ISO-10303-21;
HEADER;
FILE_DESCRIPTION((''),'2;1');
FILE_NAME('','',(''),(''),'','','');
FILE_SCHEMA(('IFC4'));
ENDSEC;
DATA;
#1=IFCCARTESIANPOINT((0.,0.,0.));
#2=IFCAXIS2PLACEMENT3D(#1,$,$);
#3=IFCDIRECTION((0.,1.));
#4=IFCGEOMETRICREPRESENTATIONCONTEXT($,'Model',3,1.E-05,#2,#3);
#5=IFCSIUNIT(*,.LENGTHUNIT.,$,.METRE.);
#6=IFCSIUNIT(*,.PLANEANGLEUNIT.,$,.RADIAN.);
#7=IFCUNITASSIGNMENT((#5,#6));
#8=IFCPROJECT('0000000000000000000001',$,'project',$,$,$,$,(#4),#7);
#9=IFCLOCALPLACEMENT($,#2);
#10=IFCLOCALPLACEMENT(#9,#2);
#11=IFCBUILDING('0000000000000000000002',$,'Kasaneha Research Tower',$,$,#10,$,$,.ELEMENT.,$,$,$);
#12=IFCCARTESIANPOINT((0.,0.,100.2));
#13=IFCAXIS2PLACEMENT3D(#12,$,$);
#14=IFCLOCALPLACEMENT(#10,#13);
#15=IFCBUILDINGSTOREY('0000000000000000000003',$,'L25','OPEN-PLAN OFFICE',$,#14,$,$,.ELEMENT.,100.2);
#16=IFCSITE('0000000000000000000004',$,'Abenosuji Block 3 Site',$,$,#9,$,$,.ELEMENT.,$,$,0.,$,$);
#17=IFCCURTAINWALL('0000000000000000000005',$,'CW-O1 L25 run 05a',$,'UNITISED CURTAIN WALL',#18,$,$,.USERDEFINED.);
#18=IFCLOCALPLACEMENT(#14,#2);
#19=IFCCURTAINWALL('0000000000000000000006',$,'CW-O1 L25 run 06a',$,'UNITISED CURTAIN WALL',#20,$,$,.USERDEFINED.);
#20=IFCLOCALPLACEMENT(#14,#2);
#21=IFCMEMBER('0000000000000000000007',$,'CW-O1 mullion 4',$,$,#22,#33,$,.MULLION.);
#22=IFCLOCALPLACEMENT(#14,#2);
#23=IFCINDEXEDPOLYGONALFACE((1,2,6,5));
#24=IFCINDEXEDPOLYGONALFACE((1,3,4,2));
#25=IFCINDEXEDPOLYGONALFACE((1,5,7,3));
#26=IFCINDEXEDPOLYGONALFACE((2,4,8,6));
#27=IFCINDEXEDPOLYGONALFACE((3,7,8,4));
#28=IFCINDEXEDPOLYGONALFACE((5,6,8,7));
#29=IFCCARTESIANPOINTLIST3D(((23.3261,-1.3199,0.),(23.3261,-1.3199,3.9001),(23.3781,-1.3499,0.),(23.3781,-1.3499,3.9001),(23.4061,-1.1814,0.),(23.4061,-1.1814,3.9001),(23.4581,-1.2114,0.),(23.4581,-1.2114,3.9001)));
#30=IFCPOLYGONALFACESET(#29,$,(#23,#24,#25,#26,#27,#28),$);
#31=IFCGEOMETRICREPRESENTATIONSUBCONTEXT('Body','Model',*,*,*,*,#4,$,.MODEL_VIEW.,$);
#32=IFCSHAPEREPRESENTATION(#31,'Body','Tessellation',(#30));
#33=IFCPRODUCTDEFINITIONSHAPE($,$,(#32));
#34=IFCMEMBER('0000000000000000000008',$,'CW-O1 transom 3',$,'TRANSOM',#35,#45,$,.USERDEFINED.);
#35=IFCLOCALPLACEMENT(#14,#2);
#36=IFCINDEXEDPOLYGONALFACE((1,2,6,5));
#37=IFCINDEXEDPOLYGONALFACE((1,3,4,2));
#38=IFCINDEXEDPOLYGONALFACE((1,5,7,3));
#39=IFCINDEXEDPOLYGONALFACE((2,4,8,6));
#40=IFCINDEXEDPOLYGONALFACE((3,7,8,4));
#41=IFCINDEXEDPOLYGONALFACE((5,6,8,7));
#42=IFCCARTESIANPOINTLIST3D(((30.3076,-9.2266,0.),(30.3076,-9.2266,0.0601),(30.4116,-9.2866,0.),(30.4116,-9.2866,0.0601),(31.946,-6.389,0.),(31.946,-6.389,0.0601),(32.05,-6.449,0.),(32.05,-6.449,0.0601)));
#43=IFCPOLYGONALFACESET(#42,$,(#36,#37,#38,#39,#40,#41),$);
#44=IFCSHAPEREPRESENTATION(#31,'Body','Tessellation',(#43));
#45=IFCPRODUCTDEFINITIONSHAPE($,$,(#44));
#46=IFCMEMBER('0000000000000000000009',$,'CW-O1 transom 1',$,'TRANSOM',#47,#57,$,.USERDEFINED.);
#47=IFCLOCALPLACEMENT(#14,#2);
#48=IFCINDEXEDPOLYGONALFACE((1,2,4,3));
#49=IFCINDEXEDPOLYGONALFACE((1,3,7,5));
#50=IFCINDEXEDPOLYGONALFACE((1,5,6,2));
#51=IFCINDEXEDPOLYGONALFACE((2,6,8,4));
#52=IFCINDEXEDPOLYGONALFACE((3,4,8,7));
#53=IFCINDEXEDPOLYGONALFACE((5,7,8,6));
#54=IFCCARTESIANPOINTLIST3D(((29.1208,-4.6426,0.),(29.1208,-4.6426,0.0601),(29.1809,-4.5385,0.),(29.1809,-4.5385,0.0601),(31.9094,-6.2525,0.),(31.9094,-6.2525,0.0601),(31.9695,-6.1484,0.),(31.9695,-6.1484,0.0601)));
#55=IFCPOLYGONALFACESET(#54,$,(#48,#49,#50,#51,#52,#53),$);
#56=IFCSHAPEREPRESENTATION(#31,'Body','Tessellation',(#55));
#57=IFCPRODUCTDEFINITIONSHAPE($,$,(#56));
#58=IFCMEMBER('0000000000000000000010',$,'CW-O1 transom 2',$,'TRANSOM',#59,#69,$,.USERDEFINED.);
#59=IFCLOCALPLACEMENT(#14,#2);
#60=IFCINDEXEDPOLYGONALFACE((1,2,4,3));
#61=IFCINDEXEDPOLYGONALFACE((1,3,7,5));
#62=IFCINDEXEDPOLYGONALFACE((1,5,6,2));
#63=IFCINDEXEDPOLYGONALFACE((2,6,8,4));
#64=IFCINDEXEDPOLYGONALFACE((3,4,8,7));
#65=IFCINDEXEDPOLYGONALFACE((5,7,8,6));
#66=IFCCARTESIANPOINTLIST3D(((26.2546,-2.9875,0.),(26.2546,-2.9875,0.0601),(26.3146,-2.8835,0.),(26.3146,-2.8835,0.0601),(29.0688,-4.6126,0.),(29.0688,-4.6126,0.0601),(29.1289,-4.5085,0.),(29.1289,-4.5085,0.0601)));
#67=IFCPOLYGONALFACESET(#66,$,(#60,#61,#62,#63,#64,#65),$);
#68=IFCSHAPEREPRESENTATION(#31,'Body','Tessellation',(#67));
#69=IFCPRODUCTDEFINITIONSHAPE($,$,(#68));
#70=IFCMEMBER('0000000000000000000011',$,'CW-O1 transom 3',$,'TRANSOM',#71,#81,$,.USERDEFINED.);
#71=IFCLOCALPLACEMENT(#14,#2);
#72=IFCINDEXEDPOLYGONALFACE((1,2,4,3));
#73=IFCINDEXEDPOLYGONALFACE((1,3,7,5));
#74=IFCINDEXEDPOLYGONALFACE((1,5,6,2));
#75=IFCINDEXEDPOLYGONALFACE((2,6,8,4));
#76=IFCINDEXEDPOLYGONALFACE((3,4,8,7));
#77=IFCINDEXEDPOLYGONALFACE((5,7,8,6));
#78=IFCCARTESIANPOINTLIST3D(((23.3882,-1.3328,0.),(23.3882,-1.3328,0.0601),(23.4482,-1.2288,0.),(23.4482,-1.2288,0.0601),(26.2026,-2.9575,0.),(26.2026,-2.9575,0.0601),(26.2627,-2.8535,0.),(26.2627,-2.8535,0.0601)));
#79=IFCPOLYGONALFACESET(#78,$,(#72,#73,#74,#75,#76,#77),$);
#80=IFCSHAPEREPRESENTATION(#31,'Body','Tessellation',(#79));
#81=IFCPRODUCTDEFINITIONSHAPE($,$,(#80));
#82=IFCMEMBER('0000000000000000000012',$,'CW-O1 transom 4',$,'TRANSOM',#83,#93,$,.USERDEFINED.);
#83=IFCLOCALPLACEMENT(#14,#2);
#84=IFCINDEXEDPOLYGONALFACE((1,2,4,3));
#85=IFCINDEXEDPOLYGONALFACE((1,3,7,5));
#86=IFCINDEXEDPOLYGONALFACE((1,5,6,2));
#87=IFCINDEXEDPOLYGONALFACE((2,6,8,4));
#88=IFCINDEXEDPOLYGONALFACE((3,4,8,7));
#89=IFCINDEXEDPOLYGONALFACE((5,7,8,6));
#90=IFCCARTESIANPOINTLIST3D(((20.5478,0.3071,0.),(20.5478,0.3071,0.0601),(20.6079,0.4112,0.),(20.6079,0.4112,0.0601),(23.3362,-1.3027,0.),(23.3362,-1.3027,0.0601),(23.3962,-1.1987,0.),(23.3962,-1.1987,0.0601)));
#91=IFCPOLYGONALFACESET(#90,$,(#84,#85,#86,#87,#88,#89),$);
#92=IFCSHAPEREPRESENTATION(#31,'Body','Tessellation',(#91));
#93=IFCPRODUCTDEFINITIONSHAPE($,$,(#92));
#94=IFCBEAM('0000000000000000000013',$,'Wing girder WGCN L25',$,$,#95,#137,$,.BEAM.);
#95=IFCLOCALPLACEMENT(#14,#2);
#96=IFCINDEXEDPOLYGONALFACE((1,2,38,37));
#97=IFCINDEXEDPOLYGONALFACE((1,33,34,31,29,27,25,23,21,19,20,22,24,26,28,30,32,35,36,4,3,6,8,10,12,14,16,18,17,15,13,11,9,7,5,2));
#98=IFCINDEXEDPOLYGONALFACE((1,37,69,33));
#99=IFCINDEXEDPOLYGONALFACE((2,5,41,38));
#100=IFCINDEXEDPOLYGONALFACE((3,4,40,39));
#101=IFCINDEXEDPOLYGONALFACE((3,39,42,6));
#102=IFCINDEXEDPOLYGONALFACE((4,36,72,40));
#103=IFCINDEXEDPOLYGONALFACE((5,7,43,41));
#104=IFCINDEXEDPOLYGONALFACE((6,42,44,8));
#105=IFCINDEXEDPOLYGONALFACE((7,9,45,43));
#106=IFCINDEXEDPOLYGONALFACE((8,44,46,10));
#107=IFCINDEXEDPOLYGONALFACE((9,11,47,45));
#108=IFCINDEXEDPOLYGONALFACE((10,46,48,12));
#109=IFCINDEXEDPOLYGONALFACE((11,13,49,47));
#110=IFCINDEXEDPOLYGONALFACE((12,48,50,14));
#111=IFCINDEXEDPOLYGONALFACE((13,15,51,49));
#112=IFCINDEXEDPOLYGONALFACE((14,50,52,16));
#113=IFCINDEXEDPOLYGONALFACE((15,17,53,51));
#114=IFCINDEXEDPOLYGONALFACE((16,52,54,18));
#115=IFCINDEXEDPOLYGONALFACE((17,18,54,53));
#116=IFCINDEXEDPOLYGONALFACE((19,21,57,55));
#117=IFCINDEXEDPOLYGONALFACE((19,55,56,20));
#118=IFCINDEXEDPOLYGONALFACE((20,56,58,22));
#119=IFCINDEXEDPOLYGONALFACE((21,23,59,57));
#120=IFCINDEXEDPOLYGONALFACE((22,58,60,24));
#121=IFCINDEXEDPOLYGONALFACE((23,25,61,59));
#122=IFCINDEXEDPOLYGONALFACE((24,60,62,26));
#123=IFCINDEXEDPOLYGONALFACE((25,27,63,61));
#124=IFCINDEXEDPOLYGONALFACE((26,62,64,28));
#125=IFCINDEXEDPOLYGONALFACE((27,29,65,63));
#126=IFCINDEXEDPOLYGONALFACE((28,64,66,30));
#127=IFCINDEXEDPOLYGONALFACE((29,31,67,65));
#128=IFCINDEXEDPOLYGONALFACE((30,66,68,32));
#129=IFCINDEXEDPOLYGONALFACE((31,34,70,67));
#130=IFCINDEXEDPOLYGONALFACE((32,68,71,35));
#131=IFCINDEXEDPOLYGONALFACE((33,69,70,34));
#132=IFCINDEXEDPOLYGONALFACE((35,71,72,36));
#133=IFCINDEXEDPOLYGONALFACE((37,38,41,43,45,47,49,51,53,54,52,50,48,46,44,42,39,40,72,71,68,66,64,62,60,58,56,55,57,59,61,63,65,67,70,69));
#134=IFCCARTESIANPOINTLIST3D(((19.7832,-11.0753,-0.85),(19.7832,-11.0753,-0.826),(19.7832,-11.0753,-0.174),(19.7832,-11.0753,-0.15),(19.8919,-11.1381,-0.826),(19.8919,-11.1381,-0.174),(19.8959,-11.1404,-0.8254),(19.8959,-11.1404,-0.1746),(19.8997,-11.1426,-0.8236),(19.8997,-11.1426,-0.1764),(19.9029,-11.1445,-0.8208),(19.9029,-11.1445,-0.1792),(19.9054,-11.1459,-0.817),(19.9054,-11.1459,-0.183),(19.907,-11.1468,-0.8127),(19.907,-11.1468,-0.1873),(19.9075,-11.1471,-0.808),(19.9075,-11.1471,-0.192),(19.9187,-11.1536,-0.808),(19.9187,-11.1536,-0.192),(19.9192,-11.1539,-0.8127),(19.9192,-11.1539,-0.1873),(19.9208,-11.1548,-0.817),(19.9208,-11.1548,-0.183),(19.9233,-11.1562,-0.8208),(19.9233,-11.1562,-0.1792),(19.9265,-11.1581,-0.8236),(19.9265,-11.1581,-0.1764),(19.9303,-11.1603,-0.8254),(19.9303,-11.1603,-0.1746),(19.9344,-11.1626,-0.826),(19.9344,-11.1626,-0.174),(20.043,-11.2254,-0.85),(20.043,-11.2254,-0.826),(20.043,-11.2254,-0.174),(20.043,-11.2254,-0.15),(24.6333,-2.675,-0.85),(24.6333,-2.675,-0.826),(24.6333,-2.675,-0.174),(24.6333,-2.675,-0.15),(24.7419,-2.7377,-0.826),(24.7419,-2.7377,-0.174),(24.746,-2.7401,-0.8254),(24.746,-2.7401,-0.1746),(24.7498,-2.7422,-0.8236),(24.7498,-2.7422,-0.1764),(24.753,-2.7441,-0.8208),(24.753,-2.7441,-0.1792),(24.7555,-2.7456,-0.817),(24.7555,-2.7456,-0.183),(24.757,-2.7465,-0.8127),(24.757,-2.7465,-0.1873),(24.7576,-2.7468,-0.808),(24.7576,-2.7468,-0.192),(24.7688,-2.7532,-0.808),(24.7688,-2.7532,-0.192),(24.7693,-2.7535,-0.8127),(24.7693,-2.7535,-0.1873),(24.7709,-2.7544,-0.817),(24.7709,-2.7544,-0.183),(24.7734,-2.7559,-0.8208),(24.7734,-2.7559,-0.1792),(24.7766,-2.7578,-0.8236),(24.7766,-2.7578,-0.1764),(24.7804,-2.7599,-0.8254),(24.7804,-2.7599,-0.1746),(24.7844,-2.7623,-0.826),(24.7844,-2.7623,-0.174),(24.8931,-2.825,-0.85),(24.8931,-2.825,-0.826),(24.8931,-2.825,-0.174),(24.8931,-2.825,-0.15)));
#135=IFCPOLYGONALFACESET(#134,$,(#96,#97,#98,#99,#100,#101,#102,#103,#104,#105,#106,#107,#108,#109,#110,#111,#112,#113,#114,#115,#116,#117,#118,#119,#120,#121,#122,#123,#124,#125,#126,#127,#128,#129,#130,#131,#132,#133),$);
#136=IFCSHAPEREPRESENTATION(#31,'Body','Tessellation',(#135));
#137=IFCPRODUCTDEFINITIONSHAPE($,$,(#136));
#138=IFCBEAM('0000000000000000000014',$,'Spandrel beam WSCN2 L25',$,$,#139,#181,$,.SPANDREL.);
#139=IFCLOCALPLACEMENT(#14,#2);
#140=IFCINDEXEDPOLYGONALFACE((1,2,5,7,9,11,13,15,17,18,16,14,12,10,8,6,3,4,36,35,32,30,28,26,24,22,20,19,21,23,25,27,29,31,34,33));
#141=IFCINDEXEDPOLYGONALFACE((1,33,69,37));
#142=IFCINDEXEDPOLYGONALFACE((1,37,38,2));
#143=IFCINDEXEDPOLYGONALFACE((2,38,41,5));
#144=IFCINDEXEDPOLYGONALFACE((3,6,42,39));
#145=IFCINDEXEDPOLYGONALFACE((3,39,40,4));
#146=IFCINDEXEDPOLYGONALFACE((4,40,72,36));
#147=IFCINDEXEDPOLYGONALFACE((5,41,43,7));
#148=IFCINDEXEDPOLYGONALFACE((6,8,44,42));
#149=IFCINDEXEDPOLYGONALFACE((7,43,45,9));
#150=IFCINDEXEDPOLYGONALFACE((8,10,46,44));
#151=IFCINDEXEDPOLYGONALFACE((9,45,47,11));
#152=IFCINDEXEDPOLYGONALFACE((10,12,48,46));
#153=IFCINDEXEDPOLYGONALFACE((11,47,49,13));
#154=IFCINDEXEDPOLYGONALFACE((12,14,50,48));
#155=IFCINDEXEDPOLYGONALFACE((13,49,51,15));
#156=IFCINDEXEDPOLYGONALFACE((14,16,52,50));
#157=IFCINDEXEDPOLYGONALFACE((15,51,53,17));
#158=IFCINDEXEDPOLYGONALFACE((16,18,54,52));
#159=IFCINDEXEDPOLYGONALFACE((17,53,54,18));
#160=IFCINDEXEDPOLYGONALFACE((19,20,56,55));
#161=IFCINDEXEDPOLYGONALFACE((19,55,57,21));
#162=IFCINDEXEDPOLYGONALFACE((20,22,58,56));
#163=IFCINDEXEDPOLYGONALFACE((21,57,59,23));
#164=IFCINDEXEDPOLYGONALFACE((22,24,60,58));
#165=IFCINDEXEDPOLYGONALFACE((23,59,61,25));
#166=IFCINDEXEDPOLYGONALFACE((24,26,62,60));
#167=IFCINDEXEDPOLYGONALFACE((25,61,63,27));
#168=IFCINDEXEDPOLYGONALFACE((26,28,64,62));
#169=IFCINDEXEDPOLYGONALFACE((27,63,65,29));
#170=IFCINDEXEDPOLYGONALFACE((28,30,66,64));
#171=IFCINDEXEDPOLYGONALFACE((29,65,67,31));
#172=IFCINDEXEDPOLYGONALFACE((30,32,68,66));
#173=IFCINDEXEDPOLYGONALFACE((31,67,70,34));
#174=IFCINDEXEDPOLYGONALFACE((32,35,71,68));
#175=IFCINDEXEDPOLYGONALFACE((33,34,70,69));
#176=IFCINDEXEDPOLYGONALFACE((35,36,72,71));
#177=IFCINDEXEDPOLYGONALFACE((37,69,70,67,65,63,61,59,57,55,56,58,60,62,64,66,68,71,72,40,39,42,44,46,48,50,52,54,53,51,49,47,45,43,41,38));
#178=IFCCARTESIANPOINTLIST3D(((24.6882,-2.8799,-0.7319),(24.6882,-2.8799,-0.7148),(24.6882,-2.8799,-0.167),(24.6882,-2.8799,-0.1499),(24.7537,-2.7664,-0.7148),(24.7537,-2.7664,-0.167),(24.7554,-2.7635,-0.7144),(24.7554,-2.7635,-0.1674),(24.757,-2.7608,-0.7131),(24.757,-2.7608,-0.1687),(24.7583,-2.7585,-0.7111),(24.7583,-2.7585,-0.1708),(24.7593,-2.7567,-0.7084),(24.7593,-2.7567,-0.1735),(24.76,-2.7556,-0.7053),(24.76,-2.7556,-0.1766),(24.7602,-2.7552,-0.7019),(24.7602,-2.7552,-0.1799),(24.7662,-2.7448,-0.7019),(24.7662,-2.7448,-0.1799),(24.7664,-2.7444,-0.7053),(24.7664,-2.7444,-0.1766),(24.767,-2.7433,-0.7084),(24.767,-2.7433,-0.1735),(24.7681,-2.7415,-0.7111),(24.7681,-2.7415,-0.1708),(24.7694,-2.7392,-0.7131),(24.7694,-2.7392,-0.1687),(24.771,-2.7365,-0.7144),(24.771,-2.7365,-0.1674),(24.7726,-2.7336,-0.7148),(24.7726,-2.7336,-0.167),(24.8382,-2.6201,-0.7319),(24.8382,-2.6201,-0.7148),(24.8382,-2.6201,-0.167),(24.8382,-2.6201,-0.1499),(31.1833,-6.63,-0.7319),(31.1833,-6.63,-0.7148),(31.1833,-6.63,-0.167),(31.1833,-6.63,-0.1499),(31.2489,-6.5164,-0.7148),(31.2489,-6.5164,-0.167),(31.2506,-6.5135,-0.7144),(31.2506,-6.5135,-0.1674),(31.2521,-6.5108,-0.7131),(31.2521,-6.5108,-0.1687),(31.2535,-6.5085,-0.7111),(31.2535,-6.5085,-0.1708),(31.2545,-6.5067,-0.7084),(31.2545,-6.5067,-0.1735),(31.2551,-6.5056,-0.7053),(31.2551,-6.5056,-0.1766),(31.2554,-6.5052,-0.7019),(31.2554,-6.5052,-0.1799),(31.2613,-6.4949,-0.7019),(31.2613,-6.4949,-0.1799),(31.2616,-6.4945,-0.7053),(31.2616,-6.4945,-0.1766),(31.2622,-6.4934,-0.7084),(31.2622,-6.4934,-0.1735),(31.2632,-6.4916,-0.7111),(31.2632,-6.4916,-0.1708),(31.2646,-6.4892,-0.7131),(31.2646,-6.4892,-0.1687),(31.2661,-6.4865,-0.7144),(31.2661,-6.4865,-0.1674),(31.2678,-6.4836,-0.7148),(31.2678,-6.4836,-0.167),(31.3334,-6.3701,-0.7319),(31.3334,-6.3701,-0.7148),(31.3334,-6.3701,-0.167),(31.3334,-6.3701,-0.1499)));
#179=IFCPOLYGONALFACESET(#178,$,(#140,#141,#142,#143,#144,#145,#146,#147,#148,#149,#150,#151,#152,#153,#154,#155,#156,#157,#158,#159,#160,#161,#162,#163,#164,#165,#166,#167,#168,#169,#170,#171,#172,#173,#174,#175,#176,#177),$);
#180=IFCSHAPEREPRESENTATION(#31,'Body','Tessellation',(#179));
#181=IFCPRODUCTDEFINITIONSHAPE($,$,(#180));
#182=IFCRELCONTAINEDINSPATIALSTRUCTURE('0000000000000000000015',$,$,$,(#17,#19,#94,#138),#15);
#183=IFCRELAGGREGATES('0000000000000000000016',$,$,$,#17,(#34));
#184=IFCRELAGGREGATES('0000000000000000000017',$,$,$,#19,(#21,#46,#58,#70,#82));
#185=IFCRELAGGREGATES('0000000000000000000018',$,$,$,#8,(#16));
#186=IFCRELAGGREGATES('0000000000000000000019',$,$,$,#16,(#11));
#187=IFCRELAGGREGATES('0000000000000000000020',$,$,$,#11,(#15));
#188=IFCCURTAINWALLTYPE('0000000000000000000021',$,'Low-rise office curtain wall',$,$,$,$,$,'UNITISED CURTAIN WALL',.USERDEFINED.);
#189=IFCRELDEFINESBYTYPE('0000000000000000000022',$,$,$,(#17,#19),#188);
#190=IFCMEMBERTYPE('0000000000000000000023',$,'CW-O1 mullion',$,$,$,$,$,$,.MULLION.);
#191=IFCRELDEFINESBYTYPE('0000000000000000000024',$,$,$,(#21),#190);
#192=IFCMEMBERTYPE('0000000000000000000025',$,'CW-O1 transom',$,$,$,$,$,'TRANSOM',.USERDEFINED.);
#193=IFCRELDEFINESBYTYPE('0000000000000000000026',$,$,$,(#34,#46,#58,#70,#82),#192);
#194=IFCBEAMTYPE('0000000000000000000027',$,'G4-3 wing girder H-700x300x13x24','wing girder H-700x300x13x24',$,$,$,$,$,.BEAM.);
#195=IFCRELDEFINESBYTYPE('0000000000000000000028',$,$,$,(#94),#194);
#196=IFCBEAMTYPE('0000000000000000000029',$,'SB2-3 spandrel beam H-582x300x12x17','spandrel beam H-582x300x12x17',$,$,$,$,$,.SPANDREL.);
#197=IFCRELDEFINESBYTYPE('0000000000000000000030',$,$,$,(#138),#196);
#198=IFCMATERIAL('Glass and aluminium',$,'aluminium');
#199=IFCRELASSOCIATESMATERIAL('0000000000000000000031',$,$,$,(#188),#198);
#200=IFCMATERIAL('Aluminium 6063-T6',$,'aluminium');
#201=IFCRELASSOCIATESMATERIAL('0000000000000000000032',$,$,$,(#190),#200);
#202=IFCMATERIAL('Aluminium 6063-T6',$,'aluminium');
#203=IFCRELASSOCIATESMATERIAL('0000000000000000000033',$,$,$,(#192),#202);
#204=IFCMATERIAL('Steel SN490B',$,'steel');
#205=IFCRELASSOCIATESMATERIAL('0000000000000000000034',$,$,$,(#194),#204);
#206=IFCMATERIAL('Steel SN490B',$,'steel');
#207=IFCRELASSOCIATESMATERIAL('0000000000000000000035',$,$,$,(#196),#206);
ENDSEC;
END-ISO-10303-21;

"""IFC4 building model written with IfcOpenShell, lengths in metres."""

from ifc_helpers import new_model, si_unit, direction, frame, origin, origin_2d, place, context, subcontext, project, spatial, rectangle, i_section, extrude, material, material_profile, profile_set, type_object, element, aggregate, save


model = new_model("IFC4")

# Units and contexts
model_context = context("Model", 3, precision=1e-05, world=origin(), true_north=direction((0.0, 1.0)))
body_context = subcontext(model_context, "Body", "Model", "MODEL_VIEW")
ifc_project = project(units=[si_unit("LENGTHUNIT", "METRE"), si_unit("PLANEANGLEUNIT", "RADIAN")], contexts=[model_context])

# Site, building, storey
site_placement = place(None, origin())
site = spatial("IfcSite", under=ifc_project, at=site_placement, Name="Abenosuji Block 3 Site", CompositionType="ELEMENT", RefElevation=0.0)
building_placement = place(site_placement, origin())
building = spatial("IfcBuilding", under=site, at=building_placement, Name="Kasaneha Research Tower", CompositionType="ELEMENT")
storey_placement = place(building_placement, frame((0.0, 0.0, 100.2)))
storey = spatial("IfcBuildingStorey", under=building, at=storey_placement, Name="L25", Description="OPEN-PLAN OFFICE", CompositionType="ELEMENT", Elevation=100.2)

# Curtain walls, member
ifc_material_1 = material(Name="Glass and aluminium", Category="aluminium")
curtain_wall_type = type_object("IfcCurtainWallType", Name="Low-rise office curtain wall", ElementType="UNITISED CURTAIN WALL", PredefinedType="USERDEFINED", material=ifc_material_1)
curtain_wall_1_placement = place(storey_placement, origin())
curtain_wall_1 = element("IfcCurtainWall", 1, at=curtain_wall_1_placement, inside=storey, type_object=curtain_wall_type, Name="CW-O1 L25 run 05a", ObjectType="UNITISED CURTAIN WALL", PredefinedType="USERDEFINED")
ifc_material_2 = material(Name="Aluminium 6063-T6", Category="aluminium")
ifc_material_profile_1 = material_profile(ifc_material_2, rectangle(XDim=0.0601, YDim=0.1599, at=origin_2d()), Name="CW-O1 mullion 60x160")
ifc_profile_set_1 = profile_set([ifc_material_profile_1], Name="Aluminium 6063-T6")
member_type_1 = type_object("IfcMemberType", Name="CW-O1 mullion", PredefinedType="MULLION", material=ifc_profile_set_1)
curtain_wall_2_placement = place(storey_placement, origin())
curtain_wall_2 = element("IfcCurtainWall", 2, at=curtain_wall_2_placement, inside=storey, type_object=curtain_wall_type, Name="CW-O1 L25 run 06a", ObjectType="UNITISED CURTAIN WALL", PredefinedType="USERDEFINED")
member_1_placement = place(storey_placement, frame((23.3921, -1.2656, 0.0), z_axis=(0.0, 0.0, 1.0), x_axis=(-0.866025, 0.5, 0.0)))
member_1 = element("IfcMember", 3, at=member_1_placement, type_object=member_type_1, Name="CW-O1 mullion 4", PredefinedType="MULLION", context=body_context, shape_type="SweptSolid", body=[
    extrude(rectangle(XDim=0.0601, YDim=0.1599, at=origin_2d()), origin(), (0.0, 0.0, 1.0), 3.9001),
])

# Members
ifc_material_3 = material(Name="Aluminium 6063-T6", Category="aluminium")
ifc_material_profile_2 = material_profile(ifc_material_3, rectangle(XDim=0.1201, YDim=0.0601, at=origin_2d()), Name="CW-O1 transom 120x60")
ifc_profile_set_2 = profile_set([ifc_material_profile_2], Name="Aluminium 6063-T6")
member_type_2 = type_object("IfcMemberType", Name="CW-O1 transom", ElementType="TRANSOM", PredefinedType="USERDEFINED", material=ifc_profile_set_2)
member_2_placement = place(storey_placement, frame((30.3596, -9.2566, 0.03), z_axis=(0.500026, 0.866011, 0.0), x_axis=(-0.866011, 0.500026, 0.0)))
member_2 = element("IfcMember", 4, at=member_2_placement, type_object=member_type_2, Name="CW-O1 transom 3", ObjectType="TRANSOM", PredefinedType="USERDEFINED", context=body_context, shape_type="SweptSolid", body=[
    extrude(rectangle(XDim=0.1201, YDim=0.0601, at=origin_2d()), origin(), (0.0, 0.0, 1.0), 3.2766),
])
member_3_placement = place(storey_placement, frame((31.9395, -6.2004, 0.03), z_axis=(-0.866042, 0.499972, 0.0), x_axis=(-0.499972, -0.866042, 0.0)))
member_3 = element("IfcMember", 5, at=member_3_placement, type_object=member_type_2, Name="CW-O1 transom 1", ObjectType="TRANSOM", PredefinedType="USERDEFINED", context=body_context, shape_type="SweptSolid", body=[
    extrude(rectangle(XDim=0.1201, YDim=0.0601, at=origin_2d()), origin(), (0.0, 0.0, 1.0), 3.22),
])
member_4_placement = place(storey_placement, frame((29.0989, -4.5605, 0.03), z_axis=(-0.865997, 0.50005, 0.0), x_axis=(-0.50005, -0.865997, 0.0)))
member_4 = element("IfcMember", 6, at=member_4_placement, type_object=member_type_2, Name="CW-O1 transom 2", ObjectType="TRANSOM", PredefinedType="USERDEFINED", context=body_context, shape_type="SweptSolid", body=[
    extrude(rectangle(XDim=0.1201, YDim=0.0601, at=origin_2d()), origin(), (0.0, 0.0, 1.0), 3.2498),
])
member_5_placement = place(storey_placement, frame((26.2327, -2.9055, 0.03), z_axis=(-0.866048, 0.499961, 0.0), x_axis=(-0.499961, -0.866048, 0.0)))
member_5 = element("IfcMember", 7, at=member_5_placement, type_object=member_type_2, Name="CW-O1 transom 3", ObjectType="TRANSOM", PredefinedType="USERDEFINED", context=body_context, shape_type="SweptSolid", body=[
    extrude(rectangle(XDim=0.1201, YDim=0.0601, at=origin_2d()), origin(), (0.0, 0.0, 1.0), 3.2498),
])
member_6_placement = place(storey_placement, frame((23.3662, -1.2507, 0.03), z_axis=(-0.866023, 0.500005, 0.0), x_axis=(-0.500005, -0.866023, 0.0)))
member_6 = element("IfcMember", 8, at=member_6_placement, type_object=member_type_2, Name="CW-O1 transom 4", ObjectType="TRANSOM", PredefinedType="USERDEFINED", context=body_context, shape_type="SweptSolid", body=[
    extrude(rectangle(XDim=0.1201, YDim=0.0601, at=origin_2d()), origin(), (0.0, 0.0, 1.0), 3.2197),
])

# Beams
ifc_material_4 = material(Name="Steel SN490B", Category="steel")
ifc_material_profile_3 = material_profile(ifc_material_4, i_section(OverallWidth=0.3, OverallDepth=0.7, WebThickness=0.0129, FlangeThickness=0.0239, FilletRadius=0.0181, at=origin_2d()), Name="H-700x300x13x24")
ifc_profile_set_3 = profile_set([ifc_material_profile_3], Name="Steel SN490B")
beam_type_1 = type_object("IfcBeamType", Name="G4-3 wing girder H-700x300x13x24", Description="wing girder H-700x300x13x24", PredefinedType="BEAM", material=ifc_profile_set_3)
beam_1_placement = place(storey_placement, frame((24.7632, -2.75, -0.5), z_axis=(-0.50001, -0.86602, 0.0), x_axis=(0.86602, -0.50001, 0.0)))
element("IfcBeam", 9, at=beam_1_placement, inside=storey, type_object=beam_type_1, Name="Wing girder WGCN L25", PredefinedType="BEAM", context=body_context, shape_type="SweptSolid", body=[
    extrude(i_section(OverallWidth=0.3, OverallDepth=0.7, WebThickness=0.0129, FlangeThickness=0.0239, FilletRadius=0.0181, at=origin_2d()), origin(), (0.0, 0.0, 1.0), 9.7),
])
ifc_material_5 = material(Name="Steel SN490B", Category="steel")
ifc_material_profile_4 = material_profile(ifc_material_5, i_section(OverallWidth=0.3, OverallDepth=0.582, WebThickness=0.012, FlangeThickness=0.0171, FilletRadius=0.0129, at=origin_2d()), Name="H-582x300x12x17")
ifc_profile_set_4 = profile_set([ifc_material_profile_4], Name="Steel SN490B")
beam_type_2 = type_object("IfcBeamType", Name="SB2-3 spandrel beam H-582x300x12x17", Description="spandrel beam H-582x300x12x17", PredefinedType="SPANDREL", material=ifc_profile_set_4)
beam_2_placement = place(storey_placement, frame((24.7632, -2.75, -0.4409), z_axis=(0.866023, -0.500004, 0.0), x_axis=(0.500004, 0.866023, 0.0)))
element("IfcBeam", 10, at=beam_2_placement, inside=storey, type_object=beam_type_2, Name="Spandrel beam WSCN2 L25", PredefinedType="SPANDREL", context=body_context, shape_type="SweptSolid", body=[
    extrude(i_section(OverallWidth=0.3, OverallDepth=0.582, WebThickness=0.012, FlangeThickness=0.0171, FilletRadius=0.0129, at=origin_2d()), origin(), (0.0, 0.0, 1.0), 7.5),
])

aggregate(curtain_wall_1, [member_2])
aggregate(curtain_wall_2, [member_1, member_3, member_4, member_5, member_6])

save(model, "model.ifc")
